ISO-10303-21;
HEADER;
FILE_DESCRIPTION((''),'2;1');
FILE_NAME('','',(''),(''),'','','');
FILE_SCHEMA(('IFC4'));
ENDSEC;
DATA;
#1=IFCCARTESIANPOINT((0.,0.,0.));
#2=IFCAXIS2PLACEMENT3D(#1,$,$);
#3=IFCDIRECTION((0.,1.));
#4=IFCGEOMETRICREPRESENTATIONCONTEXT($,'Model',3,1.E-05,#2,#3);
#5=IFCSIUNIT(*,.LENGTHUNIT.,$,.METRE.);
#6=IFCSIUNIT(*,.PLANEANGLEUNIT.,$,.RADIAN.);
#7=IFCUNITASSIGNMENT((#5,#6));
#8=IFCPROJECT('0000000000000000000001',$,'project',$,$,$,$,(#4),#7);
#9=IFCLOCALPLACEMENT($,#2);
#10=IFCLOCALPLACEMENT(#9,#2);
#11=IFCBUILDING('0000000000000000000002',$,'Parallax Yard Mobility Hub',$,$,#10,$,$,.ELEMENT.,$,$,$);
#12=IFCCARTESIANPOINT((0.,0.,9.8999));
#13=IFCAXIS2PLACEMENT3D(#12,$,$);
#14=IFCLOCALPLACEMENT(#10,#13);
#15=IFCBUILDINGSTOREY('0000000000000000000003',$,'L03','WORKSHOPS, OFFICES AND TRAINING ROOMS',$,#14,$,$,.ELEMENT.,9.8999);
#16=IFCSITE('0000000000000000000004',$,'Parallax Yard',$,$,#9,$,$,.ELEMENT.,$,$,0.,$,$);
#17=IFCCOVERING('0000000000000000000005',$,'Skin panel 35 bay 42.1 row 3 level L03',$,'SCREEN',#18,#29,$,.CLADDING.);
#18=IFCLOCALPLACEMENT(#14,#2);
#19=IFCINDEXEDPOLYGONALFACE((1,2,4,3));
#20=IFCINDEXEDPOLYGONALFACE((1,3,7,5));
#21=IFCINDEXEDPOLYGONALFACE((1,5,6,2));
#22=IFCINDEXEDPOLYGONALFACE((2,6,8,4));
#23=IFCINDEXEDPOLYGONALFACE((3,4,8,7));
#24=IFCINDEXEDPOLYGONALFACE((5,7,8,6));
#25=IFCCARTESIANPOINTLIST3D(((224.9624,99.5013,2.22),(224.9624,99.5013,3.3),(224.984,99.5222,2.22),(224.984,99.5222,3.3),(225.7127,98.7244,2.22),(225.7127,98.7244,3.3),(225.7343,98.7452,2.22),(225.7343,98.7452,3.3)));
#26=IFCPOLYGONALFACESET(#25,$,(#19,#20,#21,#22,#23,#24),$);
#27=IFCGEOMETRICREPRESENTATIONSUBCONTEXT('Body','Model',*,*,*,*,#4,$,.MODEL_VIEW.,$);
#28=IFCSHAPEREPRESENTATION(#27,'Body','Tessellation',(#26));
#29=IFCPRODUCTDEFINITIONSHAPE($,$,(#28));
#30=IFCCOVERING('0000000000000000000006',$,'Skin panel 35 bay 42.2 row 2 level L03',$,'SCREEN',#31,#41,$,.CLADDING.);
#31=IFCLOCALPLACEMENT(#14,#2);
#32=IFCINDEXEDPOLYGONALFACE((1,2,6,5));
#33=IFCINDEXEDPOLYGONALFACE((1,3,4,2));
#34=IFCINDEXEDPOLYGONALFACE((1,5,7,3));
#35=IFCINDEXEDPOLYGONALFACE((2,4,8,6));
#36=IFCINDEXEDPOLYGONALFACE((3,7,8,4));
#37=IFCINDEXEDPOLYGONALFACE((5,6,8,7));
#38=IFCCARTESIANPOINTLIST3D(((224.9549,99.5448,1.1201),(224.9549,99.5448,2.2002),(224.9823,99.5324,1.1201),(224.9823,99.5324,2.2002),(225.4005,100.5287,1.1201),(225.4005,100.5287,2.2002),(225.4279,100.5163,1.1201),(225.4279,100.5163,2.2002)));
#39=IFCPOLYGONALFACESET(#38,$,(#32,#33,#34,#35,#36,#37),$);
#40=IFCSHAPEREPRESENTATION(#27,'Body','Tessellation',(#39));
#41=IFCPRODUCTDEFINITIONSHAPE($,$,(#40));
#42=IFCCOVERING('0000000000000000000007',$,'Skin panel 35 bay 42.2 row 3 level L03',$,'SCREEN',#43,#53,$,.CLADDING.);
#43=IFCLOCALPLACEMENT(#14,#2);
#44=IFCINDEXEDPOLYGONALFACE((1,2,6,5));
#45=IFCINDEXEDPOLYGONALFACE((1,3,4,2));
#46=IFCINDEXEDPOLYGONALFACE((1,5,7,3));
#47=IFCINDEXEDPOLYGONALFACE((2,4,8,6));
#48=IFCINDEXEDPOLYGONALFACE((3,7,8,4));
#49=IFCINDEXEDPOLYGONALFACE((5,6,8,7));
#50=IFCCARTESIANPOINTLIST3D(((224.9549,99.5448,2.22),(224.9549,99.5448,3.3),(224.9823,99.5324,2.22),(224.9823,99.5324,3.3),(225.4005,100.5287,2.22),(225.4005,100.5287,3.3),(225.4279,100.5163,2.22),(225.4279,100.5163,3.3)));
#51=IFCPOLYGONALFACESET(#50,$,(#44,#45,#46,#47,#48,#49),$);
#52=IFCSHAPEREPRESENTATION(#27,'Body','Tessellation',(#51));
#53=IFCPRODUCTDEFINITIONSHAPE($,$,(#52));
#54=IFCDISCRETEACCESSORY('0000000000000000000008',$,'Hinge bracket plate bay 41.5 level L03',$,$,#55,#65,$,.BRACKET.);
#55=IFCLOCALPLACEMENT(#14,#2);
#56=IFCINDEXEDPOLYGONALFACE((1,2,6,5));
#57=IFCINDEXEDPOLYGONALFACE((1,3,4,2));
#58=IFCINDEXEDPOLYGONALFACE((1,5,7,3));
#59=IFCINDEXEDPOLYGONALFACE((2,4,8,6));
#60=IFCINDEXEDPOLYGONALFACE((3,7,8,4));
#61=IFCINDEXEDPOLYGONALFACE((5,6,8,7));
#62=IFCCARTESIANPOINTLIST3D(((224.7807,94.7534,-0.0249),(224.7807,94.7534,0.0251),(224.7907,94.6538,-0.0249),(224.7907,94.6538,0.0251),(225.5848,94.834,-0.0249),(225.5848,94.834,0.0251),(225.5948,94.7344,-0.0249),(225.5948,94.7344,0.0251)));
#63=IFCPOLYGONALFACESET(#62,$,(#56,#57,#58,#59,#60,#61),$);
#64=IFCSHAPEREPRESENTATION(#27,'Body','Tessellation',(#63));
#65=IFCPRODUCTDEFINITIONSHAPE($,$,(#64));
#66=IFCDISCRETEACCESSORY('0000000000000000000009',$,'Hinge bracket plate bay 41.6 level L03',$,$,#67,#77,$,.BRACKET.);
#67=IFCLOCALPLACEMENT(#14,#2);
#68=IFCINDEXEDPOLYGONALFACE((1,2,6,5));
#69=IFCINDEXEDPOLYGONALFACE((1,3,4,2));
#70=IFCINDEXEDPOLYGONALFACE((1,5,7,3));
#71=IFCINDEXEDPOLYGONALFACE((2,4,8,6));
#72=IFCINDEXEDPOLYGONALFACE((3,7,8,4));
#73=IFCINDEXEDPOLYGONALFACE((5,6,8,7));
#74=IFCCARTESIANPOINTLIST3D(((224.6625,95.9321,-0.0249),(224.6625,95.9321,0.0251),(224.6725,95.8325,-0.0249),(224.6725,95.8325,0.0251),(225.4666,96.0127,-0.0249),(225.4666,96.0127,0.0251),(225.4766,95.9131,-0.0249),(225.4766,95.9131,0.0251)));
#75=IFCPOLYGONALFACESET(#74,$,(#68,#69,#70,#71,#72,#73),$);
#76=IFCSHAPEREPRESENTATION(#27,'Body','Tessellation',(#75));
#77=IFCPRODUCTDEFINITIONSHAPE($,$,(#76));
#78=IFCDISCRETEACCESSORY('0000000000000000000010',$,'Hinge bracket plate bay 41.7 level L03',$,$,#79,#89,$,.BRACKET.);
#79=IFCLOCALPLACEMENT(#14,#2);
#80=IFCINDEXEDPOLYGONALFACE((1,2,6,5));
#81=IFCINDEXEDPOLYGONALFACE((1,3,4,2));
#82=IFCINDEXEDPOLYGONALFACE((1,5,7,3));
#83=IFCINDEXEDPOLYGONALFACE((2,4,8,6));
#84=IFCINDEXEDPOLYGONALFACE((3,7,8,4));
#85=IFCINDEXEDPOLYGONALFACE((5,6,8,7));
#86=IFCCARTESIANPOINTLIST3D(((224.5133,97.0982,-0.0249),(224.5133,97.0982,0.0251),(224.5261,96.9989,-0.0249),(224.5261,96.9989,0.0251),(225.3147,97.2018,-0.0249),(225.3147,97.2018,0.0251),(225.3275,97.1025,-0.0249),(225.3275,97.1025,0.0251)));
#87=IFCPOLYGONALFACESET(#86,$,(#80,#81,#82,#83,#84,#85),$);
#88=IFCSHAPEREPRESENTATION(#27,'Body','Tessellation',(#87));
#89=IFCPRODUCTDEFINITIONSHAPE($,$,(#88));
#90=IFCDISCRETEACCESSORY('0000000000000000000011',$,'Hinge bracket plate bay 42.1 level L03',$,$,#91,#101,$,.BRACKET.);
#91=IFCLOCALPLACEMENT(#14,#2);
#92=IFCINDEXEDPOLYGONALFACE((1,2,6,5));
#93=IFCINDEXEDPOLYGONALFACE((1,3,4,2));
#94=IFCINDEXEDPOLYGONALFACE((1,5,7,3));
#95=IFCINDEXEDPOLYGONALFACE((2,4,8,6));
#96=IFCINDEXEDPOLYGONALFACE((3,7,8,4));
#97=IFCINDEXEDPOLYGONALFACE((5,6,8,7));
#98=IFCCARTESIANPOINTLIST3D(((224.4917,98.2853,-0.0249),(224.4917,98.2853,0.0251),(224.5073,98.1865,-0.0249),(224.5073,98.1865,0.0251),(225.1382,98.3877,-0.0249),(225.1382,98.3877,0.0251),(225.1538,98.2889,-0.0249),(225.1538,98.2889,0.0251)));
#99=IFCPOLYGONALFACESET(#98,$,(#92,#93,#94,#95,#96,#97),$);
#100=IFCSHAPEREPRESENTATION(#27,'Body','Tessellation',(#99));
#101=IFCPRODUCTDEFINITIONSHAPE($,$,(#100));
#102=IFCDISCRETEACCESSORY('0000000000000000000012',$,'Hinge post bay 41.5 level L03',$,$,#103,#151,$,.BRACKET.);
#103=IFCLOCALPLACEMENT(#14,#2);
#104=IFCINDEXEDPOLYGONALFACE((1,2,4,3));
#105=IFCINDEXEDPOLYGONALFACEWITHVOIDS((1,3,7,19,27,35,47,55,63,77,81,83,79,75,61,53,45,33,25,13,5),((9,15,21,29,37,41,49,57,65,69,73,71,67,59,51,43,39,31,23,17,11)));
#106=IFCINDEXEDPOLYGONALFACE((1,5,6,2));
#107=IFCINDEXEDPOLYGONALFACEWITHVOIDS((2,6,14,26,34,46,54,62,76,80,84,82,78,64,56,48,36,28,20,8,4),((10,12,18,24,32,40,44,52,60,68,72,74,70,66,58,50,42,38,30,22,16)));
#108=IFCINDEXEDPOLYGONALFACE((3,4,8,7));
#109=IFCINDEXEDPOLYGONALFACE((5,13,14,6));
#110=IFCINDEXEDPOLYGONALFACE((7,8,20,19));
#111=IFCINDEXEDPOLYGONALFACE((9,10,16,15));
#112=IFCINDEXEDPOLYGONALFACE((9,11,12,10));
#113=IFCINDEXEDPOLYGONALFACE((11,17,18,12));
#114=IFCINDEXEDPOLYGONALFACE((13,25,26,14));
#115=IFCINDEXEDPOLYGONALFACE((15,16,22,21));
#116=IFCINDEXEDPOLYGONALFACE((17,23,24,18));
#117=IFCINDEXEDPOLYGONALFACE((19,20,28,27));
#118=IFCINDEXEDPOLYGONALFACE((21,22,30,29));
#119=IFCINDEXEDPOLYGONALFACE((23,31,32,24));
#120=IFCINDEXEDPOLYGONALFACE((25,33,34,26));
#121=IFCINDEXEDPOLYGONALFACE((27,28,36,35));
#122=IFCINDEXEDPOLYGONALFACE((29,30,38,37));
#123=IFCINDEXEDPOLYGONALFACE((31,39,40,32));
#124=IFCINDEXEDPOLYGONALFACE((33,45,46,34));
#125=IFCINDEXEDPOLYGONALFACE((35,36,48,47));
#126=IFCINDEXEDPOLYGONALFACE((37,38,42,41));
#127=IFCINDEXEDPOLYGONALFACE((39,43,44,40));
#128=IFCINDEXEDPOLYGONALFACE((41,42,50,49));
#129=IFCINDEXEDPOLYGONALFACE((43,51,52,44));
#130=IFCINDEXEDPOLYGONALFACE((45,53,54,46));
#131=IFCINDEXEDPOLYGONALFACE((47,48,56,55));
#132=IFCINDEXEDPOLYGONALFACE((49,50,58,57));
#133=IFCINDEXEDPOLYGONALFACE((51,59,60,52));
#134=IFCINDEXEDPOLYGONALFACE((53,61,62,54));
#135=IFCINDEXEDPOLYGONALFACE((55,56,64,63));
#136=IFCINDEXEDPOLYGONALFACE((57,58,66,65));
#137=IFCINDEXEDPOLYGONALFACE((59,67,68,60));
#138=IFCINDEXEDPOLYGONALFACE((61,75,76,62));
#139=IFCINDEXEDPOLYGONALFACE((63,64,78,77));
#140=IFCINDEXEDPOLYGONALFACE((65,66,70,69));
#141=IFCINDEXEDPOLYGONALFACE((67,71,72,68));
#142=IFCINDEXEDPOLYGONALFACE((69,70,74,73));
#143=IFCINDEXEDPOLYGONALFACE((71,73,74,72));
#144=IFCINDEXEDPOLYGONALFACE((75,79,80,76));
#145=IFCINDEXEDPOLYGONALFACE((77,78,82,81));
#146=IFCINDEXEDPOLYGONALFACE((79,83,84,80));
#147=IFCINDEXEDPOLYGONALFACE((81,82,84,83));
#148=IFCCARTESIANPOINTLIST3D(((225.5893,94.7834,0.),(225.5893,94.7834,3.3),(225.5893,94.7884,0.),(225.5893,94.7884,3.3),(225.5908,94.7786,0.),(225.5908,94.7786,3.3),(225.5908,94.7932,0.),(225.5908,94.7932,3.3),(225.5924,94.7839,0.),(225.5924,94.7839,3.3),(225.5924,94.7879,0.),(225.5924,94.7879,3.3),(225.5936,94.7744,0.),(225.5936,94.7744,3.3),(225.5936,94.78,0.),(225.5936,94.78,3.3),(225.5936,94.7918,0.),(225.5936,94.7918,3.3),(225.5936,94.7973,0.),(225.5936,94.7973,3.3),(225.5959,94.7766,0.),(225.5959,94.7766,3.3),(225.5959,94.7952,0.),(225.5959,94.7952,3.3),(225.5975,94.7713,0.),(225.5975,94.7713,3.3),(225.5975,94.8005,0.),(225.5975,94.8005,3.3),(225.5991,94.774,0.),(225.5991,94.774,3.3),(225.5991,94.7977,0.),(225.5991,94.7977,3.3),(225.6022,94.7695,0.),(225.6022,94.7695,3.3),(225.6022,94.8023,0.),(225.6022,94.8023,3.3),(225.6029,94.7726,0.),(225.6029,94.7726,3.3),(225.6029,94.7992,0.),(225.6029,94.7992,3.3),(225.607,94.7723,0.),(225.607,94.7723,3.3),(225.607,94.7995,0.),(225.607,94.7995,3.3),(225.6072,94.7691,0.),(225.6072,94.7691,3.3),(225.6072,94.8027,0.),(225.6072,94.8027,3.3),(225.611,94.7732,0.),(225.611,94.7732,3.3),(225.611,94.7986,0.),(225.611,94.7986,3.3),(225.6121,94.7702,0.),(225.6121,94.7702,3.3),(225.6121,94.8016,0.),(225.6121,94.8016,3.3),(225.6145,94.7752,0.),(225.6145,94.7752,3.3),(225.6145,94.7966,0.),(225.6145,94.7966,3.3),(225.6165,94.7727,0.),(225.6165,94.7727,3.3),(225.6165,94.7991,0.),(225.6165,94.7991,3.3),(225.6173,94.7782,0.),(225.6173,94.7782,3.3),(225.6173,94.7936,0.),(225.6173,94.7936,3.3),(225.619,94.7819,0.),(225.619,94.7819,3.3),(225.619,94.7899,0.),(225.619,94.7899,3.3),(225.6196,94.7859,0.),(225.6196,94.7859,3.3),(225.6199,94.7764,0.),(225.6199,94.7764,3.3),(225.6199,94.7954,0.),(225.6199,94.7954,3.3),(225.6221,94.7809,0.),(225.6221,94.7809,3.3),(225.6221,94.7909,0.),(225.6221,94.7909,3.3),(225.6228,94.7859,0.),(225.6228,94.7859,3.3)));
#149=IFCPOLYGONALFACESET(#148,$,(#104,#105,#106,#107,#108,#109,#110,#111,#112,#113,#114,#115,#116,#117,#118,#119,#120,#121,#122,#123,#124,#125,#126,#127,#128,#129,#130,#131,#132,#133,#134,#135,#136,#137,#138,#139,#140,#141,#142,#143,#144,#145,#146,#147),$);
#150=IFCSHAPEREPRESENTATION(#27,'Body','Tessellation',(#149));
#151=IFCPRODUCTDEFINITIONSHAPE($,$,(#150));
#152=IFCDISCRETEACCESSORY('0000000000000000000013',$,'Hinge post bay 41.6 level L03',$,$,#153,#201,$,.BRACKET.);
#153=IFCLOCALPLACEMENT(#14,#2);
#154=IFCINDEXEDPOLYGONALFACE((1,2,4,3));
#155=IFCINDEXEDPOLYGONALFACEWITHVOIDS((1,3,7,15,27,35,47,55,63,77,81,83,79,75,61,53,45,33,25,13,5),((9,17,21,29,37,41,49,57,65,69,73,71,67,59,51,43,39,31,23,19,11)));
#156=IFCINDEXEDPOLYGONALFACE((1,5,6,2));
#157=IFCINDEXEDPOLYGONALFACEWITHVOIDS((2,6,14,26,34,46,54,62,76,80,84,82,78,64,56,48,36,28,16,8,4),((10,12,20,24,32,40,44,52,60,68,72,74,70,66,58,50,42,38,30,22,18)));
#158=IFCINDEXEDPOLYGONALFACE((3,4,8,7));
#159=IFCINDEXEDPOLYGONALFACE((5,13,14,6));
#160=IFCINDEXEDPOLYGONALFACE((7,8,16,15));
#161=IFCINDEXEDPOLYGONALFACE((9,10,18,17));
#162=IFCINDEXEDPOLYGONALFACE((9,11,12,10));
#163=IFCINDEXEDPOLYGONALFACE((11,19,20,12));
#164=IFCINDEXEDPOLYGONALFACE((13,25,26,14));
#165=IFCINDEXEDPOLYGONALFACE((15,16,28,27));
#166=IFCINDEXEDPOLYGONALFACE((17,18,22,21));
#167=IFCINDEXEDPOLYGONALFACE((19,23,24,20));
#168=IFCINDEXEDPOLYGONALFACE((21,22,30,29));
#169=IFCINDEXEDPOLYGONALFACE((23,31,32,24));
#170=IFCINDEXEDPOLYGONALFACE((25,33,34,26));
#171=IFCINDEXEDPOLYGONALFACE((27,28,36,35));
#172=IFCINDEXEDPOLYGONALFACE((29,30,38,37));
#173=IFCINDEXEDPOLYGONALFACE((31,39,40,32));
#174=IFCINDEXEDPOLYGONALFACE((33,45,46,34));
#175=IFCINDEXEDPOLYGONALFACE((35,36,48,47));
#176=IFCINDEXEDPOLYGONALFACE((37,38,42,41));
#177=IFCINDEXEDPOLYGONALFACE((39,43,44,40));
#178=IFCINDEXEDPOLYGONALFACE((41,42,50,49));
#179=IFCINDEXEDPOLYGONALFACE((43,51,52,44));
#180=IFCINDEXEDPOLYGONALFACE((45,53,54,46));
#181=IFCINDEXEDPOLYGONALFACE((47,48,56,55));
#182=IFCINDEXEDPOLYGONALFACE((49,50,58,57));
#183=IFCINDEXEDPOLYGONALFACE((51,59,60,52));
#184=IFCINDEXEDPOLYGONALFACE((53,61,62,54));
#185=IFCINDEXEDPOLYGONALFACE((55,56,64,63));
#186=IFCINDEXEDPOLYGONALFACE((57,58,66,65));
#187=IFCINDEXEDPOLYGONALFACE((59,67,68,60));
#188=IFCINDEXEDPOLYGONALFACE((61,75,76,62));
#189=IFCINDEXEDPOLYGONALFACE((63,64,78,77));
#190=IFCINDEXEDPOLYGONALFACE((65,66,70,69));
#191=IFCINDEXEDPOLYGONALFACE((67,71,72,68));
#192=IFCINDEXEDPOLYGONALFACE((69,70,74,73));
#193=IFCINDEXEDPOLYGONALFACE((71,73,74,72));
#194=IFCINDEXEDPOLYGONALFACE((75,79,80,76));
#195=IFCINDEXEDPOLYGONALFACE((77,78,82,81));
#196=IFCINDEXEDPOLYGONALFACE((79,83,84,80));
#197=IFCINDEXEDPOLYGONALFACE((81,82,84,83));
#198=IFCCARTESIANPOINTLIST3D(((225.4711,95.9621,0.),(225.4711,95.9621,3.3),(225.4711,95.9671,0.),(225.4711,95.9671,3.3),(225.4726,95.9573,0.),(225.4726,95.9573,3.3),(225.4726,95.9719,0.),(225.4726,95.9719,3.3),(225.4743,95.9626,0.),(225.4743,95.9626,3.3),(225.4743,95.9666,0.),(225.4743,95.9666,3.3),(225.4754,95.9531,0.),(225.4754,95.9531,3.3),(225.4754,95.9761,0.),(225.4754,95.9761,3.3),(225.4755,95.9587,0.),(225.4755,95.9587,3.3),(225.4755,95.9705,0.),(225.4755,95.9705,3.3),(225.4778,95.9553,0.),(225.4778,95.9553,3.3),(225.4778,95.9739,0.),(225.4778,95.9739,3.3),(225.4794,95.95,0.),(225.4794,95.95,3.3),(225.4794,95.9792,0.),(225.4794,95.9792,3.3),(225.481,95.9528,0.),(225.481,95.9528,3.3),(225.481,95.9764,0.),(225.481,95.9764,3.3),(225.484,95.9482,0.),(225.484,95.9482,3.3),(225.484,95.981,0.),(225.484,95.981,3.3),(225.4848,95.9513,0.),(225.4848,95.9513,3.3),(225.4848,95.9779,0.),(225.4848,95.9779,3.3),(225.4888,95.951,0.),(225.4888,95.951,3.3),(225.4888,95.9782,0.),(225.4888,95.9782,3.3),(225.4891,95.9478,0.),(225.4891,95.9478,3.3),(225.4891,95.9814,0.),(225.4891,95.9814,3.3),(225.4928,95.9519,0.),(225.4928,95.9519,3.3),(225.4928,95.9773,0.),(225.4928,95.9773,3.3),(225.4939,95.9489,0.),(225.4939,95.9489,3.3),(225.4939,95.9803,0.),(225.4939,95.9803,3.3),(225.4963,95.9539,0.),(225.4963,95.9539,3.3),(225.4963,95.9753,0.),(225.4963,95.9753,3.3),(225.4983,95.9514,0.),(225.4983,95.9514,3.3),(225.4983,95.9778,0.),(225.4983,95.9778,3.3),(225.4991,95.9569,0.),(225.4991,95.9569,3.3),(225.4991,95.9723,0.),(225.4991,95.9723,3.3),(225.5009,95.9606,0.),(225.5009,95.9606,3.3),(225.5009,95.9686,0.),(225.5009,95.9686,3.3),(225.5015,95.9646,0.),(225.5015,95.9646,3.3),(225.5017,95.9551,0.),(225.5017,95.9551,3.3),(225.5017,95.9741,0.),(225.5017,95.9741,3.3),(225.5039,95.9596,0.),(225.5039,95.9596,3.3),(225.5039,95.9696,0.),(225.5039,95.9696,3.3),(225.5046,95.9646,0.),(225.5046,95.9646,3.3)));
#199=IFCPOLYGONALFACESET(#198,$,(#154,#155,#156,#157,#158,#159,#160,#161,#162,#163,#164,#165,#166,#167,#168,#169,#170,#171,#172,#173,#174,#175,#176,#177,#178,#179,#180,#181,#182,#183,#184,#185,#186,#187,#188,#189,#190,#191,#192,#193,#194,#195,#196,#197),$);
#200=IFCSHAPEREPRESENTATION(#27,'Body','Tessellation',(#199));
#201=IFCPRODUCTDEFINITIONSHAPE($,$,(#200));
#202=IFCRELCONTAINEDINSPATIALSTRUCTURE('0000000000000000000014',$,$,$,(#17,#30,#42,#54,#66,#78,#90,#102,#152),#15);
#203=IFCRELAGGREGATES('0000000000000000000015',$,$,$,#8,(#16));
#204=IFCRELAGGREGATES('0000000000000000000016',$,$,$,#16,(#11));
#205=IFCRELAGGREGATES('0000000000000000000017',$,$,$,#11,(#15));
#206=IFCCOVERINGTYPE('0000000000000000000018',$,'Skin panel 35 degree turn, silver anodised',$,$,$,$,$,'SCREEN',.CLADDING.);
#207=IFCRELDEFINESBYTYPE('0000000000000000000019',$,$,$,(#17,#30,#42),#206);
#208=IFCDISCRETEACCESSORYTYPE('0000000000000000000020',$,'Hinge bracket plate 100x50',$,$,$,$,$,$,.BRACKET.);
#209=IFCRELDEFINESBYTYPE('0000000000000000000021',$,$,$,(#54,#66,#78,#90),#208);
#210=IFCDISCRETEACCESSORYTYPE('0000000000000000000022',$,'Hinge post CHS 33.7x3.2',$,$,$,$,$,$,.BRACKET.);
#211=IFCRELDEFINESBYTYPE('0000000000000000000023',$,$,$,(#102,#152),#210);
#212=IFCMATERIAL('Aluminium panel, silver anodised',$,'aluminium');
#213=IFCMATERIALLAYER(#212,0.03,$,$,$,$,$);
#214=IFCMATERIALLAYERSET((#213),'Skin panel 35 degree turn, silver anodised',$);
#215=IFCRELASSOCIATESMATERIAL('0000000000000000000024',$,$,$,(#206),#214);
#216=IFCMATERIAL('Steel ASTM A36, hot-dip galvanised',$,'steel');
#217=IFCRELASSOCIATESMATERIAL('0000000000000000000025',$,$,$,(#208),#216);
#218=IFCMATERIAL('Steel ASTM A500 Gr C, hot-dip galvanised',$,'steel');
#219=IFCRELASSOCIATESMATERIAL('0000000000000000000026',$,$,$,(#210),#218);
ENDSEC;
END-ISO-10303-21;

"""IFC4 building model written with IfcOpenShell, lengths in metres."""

from ifc_helpers import new_model, si_unit, direction, frame, origin, origin_2d, place, context, subcontext, project, spatial, rectangle, hollow_circle, extrude, material, layer, layer_set, material_profile, profile_set, type_object, element, save


model = new_model("IFC4")

# Units and contexts
model_context = context("Model", 3, precision=1e-05, world=origin(), true_north=direction((0.0, 1.0)))
body_context = subcontext(model_context, "Body", "Model", "MODEL_VIEW")
ifc_project = project(units=[si_unit("LENGTHUNIT", "METRE"), si_unit("PLANEANGLEUNIT", "RADIAN")], contexts=[model_context])

# Site, building, storey
site_placement = place(None, origin())
site = spatial("IfcSite", under=ifc_project, at=site_placement, Name="Parallax Yard", CompositionType="ELEMENT", RefElevation=0.0)
building_placement = place(site_placement, origin())
building = spatial("IfcBuilding", under=site, at=building_placement, Name="Parallax Yard Mobility Hub", CompositionType="ELEMENT")
storey_placement = place(building_placement, frame((0.0, 0.0, 9.8999)))
storey = spatial("IfcBuildingStorey", under=building, at=storey_placement, Name="L03", Description="WORKSHOPS, OFFICES AND TRAINING ROOMS", CompositionType="ELEMENT", Elevation=9.8999)

# Coverings
ifc_material_1 = material(Name="Aluminium panel, silver anodised", Category="aluminium")
ifc_layer_1 = layer(ifc_material_1, 0.03)
ifc_layer_set_1 = layer_set([ifc_layer_1], Name="Skin panel 35 degree turn, silver anodised")
covering_type_1 = type_object("IfcCoveringType", Name="Skin panel 35 degree turn, silver anodised", ElementType="SCREEN", PredefinedType="CLADDING", material=ifc_layer_set_1)
for number, where, z_axis, x_axis, name in (
    (1, (225.3484, 99.1233, 2.22), (0.0, 0.0, 1.0), (0.694658, -0.71934, 0.0), "Skin panel 35 bay 42.1 row 3 level L03"),
    (2, (225.1914, 100.0305, 1.1201), (0.0, 0.0, 1.0), (0.412526, 0.910946, 0.0), "Skin panel 35 bay 42.2 row 2 level L03"),
    (3, (225.1914, 100.0305, 2.22), (0.0, 0.0, 1.0), (0.412526, 0.910946, 0.0), "Skin panel 35 bay 42.2 row 3 level L03"),
):
    element("IfcCovering", number, at=place(storey_placement, frame(where, z_axis=z_axis, x_axis=x_axis)), inside=storey, type_object=covering_type_1, Name=name, ObjectType="SCREEN", PredefinedType="CLADDING", context=body_context, shape_type="SweptSolid", body=[
        extrude(rectangle(XDim=1.0801, YDim=0.03, at=origin_2d()), origin(), (0.0, 0.0, 1.0), 1.0801),
    ])

# Discrete accessories
ifc_material_2 = material(Name="Steel ASTM A36, hot-dip galvanised", Category="steel")
discrete_accessory_type_1 = type_object("IfcDiscreteAccessoryType", Name="Hinge bracket plate 100x50", PredefinedType="BRACKET", material=ifc_material_2)
for number, where, z_axis, x_axis, name in (
    (4, (225.1877, 94.7439, -0.0249), (0.0, 0.0, 1.0), (0.995008, 0.099794, 0.0), "Hinge bracket plate bay 41.5 level L03"),
    (5, (225.0696, 95.9226, -0.0249), (0.0, 0.0, 1.0), (0.995008, 0.099794, 0.0), "Hinge bracket plate bay 41.6 level L03"),
    (6, (224.9204, 97.1003, -0.0249), (0.0, 0.0, 1.0), (0.991753, 0.128166, 0.0), "Hinge bracket plate bay 41.7 level L03"),
):
    element("IfcDiscreteAccessory", number, at=place(storey_placement, frame(where, z_axis=z_axis, x_axis=x_axis)), inside=storey, type_object=discrete_accessory_type_1, Name=name, PredefinedType="BRACKET", context=body_context, shape_type="SweptSolid", body=[
        extrude(rectangle(XDim=0.8081, YDim=0.1001, at=origin_2d()), origin(), (0.0, 0.0, 1.0), 0.05),
    ])
discrete_accessory_placement = place(storey_placement, frame((224.8228, 98.2871, -0.0249), z_axis=(0.0, 0.0, 1.0), x_axis=(0.987688, 0.156434, 0.0)))
element("IfcDiscreteAccessory", 7, at=discrete_accessory_placement, inside=storey, type_object=discrete_accessory_type_1, Name="Hinge bracket plate bay 42.1 level L03", PredefinedType="BRACKET", context=body_context, shape_type="SweptSolid", body=[
    extrude(rectangle(XDim=0.6545, YDim=0.1001, at=origin_2d()), origin(), (0.0, 0.0, 1.0), 0.05),
])
ifc_material_3 = material(Name="Steel ASTM A500 Gr C, hot-dip galvanised", Category="steel")
ifc_material_profile = material_profile(ifc_material_3, hollow_circle(Radius=0.0168, WallThickness=0.0032, at=origin_2d()), Name="CHS 33.7x3.2")
ifc_profile_set = profile_set([ifc_material_profile], Name="Steel ASTM A500 Gr C, hot-dip galvanised")
discrete_accessory_type_2 = type_object("IfcDiscreteAccessoryType", Name="Hinge post CHS 33.7x3.2", PredefinedType="BRACKET", material=ifc_profile_set)
for number, where, z_axis, x_axis, name in (
    (8, (225.606, 94.7859, 0.0), (0.0, 0.0, 1.0), (1.0, 0.0, 0.0), "Hinge post bay 41.5 level L03"),
    (9, (225.4878, 95.9646, 0.0), (0.0, 0.0, 1.0), (1.0, 0.0, 0.0), "Hinge post bay 41.6 level L03"),
):
    element("IfcDiscreteAccessory", number, at=place(storey_placement, frame(where, z_axis=z_axis, x_axis=x_axis)), inside=storey, type_object=discrete_accessory_type_2, Name=name, PredefinedType="BRACKET", context=body_context, shape_type="SweptSolid", body=[
        extrude(hollow_circle(Radius=0.0168, WallThickness=0.0032, at=origin_2d()), origin(), (0.0, 0.0, 1.0), 3.3),
    ])

save(model, "model.ifc")
